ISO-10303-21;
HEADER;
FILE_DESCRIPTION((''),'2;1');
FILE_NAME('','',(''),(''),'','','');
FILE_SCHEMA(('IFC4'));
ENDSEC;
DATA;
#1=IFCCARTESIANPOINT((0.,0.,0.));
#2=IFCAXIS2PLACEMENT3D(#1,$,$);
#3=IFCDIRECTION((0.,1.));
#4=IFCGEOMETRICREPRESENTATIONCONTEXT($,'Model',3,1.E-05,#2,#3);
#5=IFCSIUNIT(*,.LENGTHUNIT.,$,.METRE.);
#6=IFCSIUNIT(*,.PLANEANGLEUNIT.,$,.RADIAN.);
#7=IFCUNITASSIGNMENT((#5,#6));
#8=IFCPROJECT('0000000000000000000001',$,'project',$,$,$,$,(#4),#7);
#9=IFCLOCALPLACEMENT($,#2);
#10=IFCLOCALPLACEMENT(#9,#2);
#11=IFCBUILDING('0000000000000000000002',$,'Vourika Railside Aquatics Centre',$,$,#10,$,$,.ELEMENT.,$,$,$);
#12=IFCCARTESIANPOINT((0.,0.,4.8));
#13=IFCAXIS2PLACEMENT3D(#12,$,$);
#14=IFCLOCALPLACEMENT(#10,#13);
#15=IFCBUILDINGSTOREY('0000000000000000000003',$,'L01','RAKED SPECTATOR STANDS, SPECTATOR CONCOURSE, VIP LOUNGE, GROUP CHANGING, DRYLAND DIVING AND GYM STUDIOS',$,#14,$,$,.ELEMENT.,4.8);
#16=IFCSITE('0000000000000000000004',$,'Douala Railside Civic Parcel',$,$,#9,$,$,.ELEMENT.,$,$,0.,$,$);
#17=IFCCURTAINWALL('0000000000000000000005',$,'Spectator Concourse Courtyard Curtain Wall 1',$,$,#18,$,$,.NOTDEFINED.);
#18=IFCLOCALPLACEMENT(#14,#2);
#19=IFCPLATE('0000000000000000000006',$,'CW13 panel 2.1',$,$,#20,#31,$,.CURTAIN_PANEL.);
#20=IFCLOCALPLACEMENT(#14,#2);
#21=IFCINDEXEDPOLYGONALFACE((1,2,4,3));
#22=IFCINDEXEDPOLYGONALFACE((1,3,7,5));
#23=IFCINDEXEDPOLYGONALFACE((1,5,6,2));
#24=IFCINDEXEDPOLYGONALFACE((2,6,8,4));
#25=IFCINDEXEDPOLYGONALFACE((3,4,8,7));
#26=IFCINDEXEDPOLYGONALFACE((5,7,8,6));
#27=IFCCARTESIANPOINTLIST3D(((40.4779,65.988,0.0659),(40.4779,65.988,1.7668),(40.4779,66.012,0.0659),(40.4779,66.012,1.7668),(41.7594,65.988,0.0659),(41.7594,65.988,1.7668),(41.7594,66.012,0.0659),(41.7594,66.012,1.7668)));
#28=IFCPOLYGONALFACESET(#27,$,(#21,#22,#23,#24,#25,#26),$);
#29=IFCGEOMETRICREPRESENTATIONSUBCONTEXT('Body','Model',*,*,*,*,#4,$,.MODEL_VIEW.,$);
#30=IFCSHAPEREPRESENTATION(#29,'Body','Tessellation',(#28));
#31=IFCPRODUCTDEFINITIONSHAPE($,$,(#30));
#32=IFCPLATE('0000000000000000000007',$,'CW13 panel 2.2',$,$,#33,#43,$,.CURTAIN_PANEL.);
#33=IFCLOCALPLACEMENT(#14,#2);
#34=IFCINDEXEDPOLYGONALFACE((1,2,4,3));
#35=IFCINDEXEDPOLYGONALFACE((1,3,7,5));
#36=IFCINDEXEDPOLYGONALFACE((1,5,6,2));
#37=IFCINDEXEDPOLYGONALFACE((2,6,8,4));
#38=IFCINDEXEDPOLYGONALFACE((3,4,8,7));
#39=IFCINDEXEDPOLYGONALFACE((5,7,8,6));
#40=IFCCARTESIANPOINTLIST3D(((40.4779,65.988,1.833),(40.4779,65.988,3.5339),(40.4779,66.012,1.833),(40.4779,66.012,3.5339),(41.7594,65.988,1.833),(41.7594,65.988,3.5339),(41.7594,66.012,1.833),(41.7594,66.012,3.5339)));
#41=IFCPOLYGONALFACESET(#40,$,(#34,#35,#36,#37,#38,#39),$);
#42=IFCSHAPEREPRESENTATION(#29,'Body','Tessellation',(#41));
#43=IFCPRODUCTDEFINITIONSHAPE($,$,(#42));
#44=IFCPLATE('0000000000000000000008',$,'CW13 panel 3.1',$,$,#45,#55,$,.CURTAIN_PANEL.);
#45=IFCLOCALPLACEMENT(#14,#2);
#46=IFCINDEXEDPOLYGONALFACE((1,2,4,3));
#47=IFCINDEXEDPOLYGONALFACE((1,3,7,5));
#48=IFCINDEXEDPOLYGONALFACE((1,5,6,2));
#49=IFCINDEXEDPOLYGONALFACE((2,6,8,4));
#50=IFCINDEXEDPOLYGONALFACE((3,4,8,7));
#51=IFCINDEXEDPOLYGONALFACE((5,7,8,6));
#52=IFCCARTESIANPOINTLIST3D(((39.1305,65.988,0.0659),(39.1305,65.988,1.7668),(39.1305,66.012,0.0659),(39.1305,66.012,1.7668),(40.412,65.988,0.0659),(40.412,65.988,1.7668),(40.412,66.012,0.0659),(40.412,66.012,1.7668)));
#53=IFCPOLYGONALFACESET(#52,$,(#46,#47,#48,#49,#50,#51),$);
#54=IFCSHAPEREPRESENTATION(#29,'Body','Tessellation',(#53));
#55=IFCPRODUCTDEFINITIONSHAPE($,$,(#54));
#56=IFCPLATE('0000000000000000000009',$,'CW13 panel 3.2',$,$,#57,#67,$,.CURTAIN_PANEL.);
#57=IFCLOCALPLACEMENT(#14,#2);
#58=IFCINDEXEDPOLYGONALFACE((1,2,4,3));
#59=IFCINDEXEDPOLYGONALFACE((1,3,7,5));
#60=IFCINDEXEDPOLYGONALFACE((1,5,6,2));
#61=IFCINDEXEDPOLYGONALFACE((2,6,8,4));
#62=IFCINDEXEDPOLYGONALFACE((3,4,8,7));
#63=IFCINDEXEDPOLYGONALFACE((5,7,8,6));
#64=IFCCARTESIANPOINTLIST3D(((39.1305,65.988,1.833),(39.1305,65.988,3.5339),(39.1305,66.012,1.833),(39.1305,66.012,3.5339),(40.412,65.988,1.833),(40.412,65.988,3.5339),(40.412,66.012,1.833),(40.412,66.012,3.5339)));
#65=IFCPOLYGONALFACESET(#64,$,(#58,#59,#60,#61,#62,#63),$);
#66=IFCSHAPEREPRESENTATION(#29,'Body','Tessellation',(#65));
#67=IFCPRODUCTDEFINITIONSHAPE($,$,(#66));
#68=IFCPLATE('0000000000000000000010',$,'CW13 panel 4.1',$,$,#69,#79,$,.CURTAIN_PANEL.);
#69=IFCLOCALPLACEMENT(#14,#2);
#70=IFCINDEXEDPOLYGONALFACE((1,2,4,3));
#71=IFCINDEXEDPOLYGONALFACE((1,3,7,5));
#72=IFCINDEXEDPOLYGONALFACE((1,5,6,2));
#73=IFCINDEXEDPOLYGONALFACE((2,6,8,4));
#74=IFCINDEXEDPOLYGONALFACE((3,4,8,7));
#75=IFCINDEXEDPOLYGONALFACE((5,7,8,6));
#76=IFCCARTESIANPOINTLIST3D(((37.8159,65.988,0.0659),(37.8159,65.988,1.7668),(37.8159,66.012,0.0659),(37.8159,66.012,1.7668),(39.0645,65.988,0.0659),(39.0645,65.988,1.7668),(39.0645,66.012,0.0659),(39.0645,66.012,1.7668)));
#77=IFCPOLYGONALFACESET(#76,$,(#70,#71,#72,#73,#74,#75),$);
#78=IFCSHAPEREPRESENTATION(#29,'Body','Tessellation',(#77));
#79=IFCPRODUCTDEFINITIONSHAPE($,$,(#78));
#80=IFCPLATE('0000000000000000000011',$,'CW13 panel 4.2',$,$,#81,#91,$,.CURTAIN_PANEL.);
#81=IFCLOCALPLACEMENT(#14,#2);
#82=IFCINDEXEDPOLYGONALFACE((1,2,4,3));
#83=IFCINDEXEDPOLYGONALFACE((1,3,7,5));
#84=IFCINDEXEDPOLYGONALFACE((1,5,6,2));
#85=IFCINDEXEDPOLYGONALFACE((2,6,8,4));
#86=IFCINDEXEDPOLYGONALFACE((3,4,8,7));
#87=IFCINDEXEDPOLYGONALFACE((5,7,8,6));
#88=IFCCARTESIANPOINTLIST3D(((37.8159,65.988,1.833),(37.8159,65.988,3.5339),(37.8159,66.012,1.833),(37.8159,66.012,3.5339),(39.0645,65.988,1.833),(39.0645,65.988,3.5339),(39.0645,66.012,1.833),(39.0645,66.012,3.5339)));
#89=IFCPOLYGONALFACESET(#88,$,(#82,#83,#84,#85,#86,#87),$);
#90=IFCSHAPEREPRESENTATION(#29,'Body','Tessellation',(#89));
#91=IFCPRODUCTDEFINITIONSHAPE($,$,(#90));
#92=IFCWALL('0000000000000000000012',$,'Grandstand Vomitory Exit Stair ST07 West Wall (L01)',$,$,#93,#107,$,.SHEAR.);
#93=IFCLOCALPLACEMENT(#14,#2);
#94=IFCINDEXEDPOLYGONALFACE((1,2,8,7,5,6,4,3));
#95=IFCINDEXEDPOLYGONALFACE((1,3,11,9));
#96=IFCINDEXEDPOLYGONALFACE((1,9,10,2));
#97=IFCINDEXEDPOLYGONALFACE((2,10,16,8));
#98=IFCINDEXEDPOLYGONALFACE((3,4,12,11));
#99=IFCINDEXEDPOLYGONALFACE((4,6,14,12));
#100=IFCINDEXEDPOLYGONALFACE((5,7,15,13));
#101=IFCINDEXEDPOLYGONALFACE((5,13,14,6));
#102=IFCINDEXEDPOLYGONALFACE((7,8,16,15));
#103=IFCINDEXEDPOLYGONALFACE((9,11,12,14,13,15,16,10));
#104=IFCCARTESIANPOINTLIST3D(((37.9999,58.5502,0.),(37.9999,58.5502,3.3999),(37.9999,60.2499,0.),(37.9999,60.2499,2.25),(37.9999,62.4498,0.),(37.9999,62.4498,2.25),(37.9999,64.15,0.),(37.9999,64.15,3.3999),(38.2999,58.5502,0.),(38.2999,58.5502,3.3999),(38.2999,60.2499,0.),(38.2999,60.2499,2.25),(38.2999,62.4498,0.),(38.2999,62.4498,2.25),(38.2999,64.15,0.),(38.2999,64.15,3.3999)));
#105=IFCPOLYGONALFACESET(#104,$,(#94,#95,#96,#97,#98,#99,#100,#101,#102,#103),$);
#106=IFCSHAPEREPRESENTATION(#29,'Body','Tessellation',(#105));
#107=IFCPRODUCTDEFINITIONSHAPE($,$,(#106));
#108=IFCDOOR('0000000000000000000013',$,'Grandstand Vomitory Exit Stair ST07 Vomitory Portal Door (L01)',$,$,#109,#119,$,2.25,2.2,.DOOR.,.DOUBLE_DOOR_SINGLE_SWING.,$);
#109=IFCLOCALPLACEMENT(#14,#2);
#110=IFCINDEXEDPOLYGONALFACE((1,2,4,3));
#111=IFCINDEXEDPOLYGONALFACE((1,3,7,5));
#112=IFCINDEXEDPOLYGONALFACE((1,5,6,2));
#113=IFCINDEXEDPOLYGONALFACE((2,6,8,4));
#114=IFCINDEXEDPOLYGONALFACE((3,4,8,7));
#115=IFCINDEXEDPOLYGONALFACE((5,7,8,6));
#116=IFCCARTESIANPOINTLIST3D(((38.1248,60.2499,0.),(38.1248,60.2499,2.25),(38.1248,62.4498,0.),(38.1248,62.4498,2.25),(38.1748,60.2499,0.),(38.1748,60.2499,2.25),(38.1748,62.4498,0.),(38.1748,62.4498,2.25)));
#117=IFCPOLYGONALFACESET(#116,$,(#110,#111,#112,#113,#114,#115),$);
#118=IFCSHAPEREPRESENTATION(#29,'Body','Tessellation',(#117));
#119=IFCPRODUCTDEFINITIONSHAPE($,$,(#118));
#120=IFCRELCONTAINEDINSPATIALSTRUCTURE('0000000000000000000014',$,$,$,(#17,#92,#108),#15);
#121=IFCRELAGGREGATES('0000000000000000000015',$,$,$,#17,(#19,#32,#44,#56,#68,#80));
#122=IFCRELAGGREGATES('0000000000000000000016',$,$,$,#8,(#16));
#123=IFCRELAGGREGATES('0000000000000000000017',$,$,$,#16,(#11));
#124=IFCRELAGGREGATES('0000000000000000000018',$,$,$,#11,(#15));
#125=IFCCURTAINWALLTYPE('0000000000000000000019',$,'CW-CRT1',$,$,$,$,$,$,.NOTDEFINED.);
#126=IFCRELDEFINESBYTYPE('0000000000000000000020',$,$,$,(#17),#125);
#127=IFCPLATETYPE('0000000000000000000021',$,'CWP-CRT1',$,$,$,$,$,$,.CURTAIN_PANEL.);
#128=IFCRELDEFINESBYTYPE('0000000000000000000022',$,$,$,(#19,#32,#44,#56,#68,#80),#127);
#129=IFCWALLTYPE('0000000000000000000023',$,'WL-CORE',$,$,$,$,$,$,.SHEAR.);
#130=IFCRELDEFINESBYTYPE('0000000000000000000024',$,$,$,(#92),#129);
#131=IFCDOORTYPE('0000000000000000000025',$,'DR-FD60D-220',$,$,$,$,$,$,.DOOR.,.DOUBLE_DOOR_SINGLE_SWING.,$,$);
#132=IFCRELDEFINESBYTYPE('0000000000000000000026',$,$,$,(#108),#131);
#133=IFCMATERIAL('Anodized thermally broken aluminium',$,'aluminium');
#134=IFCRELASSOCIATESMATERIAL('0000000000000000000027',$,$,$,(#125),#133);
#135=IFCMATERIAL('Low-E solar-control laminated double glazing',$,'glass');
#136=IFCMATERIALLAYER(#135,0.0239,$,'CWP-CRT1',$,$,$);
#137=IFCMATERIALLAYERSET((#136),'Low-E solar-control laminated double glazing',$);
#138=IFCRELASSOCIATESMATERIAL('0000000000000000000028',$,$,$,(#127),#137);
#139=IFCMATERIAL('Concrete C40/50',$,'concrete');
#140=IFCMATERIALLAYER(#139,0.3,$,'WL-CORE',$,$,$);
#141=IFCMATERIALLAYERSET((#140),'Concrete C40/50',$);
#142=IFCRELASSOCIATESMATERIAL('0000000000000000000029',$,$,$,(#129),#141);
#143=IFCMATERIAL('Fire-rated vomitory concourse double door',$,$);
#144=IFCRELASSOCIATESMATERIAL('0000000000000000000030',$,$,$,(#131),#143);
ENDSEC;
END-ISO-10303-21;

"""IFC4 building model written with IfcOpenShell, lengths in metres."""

from ifc_helpers import new_model, si_unit, direction, frame, frame_2d, origin, origin_2d, place, context, subcontext, project, spatial, rectangle, extrude, material, layer, layer_set, type_object, element, fill, aggregate, save


model = new_model("IFC4")

# Units and contexts
model_context = context("Model", 3, precision=1e-05, world=origin(), true_north=direction((0.0, 1.0)))
body_context = subcontext(model_context, "Body", "Model", "MODEL_VIEW")
ifc_project = project(units=[si_unit("LENGTHUNIT", "METRE"), si_unit("PLANEANGLEUNIT", "RADIAN")], contexts=[model_context])

# Site, building, storey
site_placement = place(None, origin())
site = spatial("IfcSite", under=ifc_project, at=site_placement, Name="Douala Railside Civic Parcel", CompositionType="ELEMENT", RefElevation=0.0)
building_placement = place(site_placement, origin())
building = spatial("IfcBuilding", under=site, at=building_placement, Name="Vourika Railside Aquatics Centre", CompositionType="ELEMENT")
storey_placement = place(building_placement, frame((0.0, 0.0, 4.8)))
storey = spatial("IfcBuildingStorey", under=building, at=storey_placement, Name="L01", Description="RAKED SPECTATOR STANDS, SPECTATOR CONCOURSE, VIP LOUNGE, GROUP CHANGING, DRYLAND DIVING AND GYM STUDIOS", CompositionType="ELEMENT", Elevation=4.8)

# Shared definitions
ifc_material_1 = material(Name="Concrete C40/50", Category="concrete")

# Curtain wall, plates
ifc_material_2 = material(Name="Anodized thermally broken aluminium", Category="aluminium")
curtain_wall_type = type_object("IfcCurtainWallType", Name="CW-CRT1", PredefinedType="NOTDEFINED", material=ifc_material_2)
curtain_wall_placement = place(storey_placement, origin())
curtain_wall = element("IfcCurtainWall", 1, at=curtain_wall_placement, inside=storey, type_object=curtain_wall_type, Name="Spectator Concourse Courtyard Curtain Wall 1", PredefinedType="NOTDEFINED")
ifc_material_3 = material(Name="Low-E solar-control laminated double glazing", Category="glass")
ifc_layer_1 = layer(ifc_material_3, 0.0239, Name="CWP-CRT1")
ifc_layer_set_1 = layer_set([ifc_layer_1], Name="Low-E solar-control laminated double glazing")
plate_type = type_object("IfcPlateType", Name="CWP-CRT1", PredefinedType="CURTAIN_PANEL", material=ifc_layer_set_1)
plate_1_placement = place(storey_placement, frame((41.1187, 66.0, 0.0659), z_axis=(0.0, 0.0, 1.0), x_axis=(-1.0, 0.0, 0.0)))
plate_1 = element("IfcPlate", 2, at=plate_1_placement, type_object=plate_type, Name="CW13 panel 2.1", PredefinedType="CURTAIN_PANEL", context=body_context, shape_type="SweptSolid", body=[
    extrude(rectangle(XDim=1.2815, YDim=0.0239, at=origin_2d()), origin(), (0.0, 0.0, 1.0), 1.7009),
])
plate_2_placement = place(storey_placement, frame((41.1187, 66.0, 1.833), z_axis=(0.0, 0.0, 1.0), x_axis=(-1.0, 0.0, 0.0)))
plate_2 = element("IfcPlate", 3, at=plate_2_placement, type_object=plate_type, Name="CW13 panel 2.2", PredefinedType="CURTAIN_PANEL", context=body_context, shape_type="SweptSolid", body=[
    extrude(rectangle(XDim=1.2815, YDim=0.0239, at=origin_2d()), origin(), (0.0, 0.0, 1.0), 1.7009),
])
plate_3_placement = place(storey_placement, frame((39.7712, 66.0, 0.0659), z_axis=(0.0, 0.0, 1.0), x_axis=(-1.0, 0.0, 0.0)))
plate_3 = element("IfcPlate", 4, at=plate_3_placement, type_object=plate_type, Name="CW13 panel 3.1", PredefinedType="CURTAIN_PANEL", context=body_context, shape_type="SweptSolid", body=[
    extrude(rectangle(XDim=1.2815, YDim=0.0239, at=origin_2d()), origin(), (0.0, 0.0, 1.0), 1.7009),
])
plate_4_placement = place(storey_placement, frame((39.7712, 66.0, 1.833), z_axis=(0.0, 0.0, 1.0), x_axis=(-1.0, 0.0, 0.0)))
plate_4 = element("IfcPlate", 5, at=plate_4_placement, type_object=plate_type, Name="CW13 panel 3.2", PredefinedType="CURTAIN_PANEL", context=body_context, shape_type="SweptSolid", body=[
    extrude(rectangle(XDim=1.2815, YDim=0.0239, at=origin_2d()), origin(), (0.0, 0.0, 1.0), 1.7009),
])
plate_5_placement = place(storey_placement, frame((38.4402, 66.0, 0.0659), z_axis=(0.0, 0.0, 1.0), x_axis=(-1.0, 0.0, 0.0)))
plate_5 = element("IfcPlate", 6, at=plate_5_placement, type_object=plate_type, Name="CW13 panel 4.1", PredefinedType="CURTAIN_PANEL", context=body_context, shape_type="SweptSolid", body=[
    extrude(rectangle(XDim=1.2485, YDim=0.0239, at=origin_2d()), origin(), (0.0, 0.0, 1.0), 1.7009),
])
plate_6_placement = place(storey_placement, frame((38.4402, 66.0, 1.833), z_axis=(0.0, 0.0, 1.0), x_axis=(-1.0, 0.0, 0.0)))
plate_6 = element("IfcPlate", 7, at=plate_6_placement, type_object=plate_type, Name="CW13 panel 4.2", PredefinedType="CURTAIN_PANEL", context=body_context, shape_type="SweptSolid", body=[
    extrude(rectangle(XDim=1.2485, YDim=0.0239, at=origin_2d()), origin(), (0.0, 0.0, 1.0), 1.7009),
])
aggregate(curtain_wall, [plate_1, plate_2, plate_3, plate_4, plate_5, plate_6])

# Wall, opening, door
ifc_layer_2 = layer(ifc_material_1, 0.3, Name="WL-CORE")
ifc_layer_set_2 = layer_set([ifc_layer_2], Name="Concrete C40/50")
wall_type = type_object("IfcWallType", Name="WL-CORE", PredefinedType="SHEAR", material=ifc_layer_set_2)
wall_placement = place(storey_placement, frame((38.1499, 64.1499, 0.0), z_axis=(0.0, 0.0, 1.0), x_axis=(0.0, -1.0, 0.0)))
wall = element("IfcWall", 8, at=wall_placement, inside=storey, type_object=wall_type, Name="Grandstand Vomitory Exit Stair ST07 West Wall (L01)", PredefinedType="SHEAR", context=body_context, shape_type="SweptSolid", body=[
    extrude(rectangle(XDim=5.5999, YDim=0.3, at=frame_2d((2.7998, 0.0))), origin(), (0.0, 0.0, 1.0), 3.3999),
])
opening_placement = place(wall_placement, frame((1.7, 0.0, 0.0)))
opening = element("IfcOpeningElement", 9, at=opening_placement, cuts=wall, PredefinedType="OPENING", context=body_context, shape_type="SweptSolid", body=[
    extrude(rectangle(XDim=2.2, YDim=2.25, at=frame_2d((1.1001, 1.125))), frame((0.0, 0.1602, 0.0), z_axis=(0.0, -1.0, 0.0), x_axis=(1.0, 0.0, 0.0)), (0.0, 0.0, 1.0), 0.3201),
])
ifc_material_4 = material(Name="Fire-rated vomitory concourse double door")
door_type = type_object("IfcDoorType", Name="DR-FD60D-220", OperationType="DOUBLE_DOOR_SINGLE_SWING", PredefinedType="DOOR", material=ifc_material_4)
door_placement = place(opening_placement, origin())
door = element("IfcDoor", 10, at=door_placement, inside=storey, type_object=door_type, Name="Grandstand Vomitory Exit Stair ST07 Vomitory Portal Door (L01)", OperationType="DOUBLE_DOOR_SINGLE_SWING", OverallHeight=2.25, OverallWidth=2.2, PredefinedType="DOOR", context=body_context, shape_type="SweptSolid", body=[
    extrude(rectangle(XDim=2.2, YDim=2.25, at=frame_2d((1.1001, 1.125))), frame((0.0, 0.0249, 0.0), z_axis=(0.0, -1.0, 0.0), x_axis=(1.0, 0.0, 0.0)), (0.0, 0.0, 1.0), 0.05),
])
fill(opening, door)

save(model, "model.ifc")
